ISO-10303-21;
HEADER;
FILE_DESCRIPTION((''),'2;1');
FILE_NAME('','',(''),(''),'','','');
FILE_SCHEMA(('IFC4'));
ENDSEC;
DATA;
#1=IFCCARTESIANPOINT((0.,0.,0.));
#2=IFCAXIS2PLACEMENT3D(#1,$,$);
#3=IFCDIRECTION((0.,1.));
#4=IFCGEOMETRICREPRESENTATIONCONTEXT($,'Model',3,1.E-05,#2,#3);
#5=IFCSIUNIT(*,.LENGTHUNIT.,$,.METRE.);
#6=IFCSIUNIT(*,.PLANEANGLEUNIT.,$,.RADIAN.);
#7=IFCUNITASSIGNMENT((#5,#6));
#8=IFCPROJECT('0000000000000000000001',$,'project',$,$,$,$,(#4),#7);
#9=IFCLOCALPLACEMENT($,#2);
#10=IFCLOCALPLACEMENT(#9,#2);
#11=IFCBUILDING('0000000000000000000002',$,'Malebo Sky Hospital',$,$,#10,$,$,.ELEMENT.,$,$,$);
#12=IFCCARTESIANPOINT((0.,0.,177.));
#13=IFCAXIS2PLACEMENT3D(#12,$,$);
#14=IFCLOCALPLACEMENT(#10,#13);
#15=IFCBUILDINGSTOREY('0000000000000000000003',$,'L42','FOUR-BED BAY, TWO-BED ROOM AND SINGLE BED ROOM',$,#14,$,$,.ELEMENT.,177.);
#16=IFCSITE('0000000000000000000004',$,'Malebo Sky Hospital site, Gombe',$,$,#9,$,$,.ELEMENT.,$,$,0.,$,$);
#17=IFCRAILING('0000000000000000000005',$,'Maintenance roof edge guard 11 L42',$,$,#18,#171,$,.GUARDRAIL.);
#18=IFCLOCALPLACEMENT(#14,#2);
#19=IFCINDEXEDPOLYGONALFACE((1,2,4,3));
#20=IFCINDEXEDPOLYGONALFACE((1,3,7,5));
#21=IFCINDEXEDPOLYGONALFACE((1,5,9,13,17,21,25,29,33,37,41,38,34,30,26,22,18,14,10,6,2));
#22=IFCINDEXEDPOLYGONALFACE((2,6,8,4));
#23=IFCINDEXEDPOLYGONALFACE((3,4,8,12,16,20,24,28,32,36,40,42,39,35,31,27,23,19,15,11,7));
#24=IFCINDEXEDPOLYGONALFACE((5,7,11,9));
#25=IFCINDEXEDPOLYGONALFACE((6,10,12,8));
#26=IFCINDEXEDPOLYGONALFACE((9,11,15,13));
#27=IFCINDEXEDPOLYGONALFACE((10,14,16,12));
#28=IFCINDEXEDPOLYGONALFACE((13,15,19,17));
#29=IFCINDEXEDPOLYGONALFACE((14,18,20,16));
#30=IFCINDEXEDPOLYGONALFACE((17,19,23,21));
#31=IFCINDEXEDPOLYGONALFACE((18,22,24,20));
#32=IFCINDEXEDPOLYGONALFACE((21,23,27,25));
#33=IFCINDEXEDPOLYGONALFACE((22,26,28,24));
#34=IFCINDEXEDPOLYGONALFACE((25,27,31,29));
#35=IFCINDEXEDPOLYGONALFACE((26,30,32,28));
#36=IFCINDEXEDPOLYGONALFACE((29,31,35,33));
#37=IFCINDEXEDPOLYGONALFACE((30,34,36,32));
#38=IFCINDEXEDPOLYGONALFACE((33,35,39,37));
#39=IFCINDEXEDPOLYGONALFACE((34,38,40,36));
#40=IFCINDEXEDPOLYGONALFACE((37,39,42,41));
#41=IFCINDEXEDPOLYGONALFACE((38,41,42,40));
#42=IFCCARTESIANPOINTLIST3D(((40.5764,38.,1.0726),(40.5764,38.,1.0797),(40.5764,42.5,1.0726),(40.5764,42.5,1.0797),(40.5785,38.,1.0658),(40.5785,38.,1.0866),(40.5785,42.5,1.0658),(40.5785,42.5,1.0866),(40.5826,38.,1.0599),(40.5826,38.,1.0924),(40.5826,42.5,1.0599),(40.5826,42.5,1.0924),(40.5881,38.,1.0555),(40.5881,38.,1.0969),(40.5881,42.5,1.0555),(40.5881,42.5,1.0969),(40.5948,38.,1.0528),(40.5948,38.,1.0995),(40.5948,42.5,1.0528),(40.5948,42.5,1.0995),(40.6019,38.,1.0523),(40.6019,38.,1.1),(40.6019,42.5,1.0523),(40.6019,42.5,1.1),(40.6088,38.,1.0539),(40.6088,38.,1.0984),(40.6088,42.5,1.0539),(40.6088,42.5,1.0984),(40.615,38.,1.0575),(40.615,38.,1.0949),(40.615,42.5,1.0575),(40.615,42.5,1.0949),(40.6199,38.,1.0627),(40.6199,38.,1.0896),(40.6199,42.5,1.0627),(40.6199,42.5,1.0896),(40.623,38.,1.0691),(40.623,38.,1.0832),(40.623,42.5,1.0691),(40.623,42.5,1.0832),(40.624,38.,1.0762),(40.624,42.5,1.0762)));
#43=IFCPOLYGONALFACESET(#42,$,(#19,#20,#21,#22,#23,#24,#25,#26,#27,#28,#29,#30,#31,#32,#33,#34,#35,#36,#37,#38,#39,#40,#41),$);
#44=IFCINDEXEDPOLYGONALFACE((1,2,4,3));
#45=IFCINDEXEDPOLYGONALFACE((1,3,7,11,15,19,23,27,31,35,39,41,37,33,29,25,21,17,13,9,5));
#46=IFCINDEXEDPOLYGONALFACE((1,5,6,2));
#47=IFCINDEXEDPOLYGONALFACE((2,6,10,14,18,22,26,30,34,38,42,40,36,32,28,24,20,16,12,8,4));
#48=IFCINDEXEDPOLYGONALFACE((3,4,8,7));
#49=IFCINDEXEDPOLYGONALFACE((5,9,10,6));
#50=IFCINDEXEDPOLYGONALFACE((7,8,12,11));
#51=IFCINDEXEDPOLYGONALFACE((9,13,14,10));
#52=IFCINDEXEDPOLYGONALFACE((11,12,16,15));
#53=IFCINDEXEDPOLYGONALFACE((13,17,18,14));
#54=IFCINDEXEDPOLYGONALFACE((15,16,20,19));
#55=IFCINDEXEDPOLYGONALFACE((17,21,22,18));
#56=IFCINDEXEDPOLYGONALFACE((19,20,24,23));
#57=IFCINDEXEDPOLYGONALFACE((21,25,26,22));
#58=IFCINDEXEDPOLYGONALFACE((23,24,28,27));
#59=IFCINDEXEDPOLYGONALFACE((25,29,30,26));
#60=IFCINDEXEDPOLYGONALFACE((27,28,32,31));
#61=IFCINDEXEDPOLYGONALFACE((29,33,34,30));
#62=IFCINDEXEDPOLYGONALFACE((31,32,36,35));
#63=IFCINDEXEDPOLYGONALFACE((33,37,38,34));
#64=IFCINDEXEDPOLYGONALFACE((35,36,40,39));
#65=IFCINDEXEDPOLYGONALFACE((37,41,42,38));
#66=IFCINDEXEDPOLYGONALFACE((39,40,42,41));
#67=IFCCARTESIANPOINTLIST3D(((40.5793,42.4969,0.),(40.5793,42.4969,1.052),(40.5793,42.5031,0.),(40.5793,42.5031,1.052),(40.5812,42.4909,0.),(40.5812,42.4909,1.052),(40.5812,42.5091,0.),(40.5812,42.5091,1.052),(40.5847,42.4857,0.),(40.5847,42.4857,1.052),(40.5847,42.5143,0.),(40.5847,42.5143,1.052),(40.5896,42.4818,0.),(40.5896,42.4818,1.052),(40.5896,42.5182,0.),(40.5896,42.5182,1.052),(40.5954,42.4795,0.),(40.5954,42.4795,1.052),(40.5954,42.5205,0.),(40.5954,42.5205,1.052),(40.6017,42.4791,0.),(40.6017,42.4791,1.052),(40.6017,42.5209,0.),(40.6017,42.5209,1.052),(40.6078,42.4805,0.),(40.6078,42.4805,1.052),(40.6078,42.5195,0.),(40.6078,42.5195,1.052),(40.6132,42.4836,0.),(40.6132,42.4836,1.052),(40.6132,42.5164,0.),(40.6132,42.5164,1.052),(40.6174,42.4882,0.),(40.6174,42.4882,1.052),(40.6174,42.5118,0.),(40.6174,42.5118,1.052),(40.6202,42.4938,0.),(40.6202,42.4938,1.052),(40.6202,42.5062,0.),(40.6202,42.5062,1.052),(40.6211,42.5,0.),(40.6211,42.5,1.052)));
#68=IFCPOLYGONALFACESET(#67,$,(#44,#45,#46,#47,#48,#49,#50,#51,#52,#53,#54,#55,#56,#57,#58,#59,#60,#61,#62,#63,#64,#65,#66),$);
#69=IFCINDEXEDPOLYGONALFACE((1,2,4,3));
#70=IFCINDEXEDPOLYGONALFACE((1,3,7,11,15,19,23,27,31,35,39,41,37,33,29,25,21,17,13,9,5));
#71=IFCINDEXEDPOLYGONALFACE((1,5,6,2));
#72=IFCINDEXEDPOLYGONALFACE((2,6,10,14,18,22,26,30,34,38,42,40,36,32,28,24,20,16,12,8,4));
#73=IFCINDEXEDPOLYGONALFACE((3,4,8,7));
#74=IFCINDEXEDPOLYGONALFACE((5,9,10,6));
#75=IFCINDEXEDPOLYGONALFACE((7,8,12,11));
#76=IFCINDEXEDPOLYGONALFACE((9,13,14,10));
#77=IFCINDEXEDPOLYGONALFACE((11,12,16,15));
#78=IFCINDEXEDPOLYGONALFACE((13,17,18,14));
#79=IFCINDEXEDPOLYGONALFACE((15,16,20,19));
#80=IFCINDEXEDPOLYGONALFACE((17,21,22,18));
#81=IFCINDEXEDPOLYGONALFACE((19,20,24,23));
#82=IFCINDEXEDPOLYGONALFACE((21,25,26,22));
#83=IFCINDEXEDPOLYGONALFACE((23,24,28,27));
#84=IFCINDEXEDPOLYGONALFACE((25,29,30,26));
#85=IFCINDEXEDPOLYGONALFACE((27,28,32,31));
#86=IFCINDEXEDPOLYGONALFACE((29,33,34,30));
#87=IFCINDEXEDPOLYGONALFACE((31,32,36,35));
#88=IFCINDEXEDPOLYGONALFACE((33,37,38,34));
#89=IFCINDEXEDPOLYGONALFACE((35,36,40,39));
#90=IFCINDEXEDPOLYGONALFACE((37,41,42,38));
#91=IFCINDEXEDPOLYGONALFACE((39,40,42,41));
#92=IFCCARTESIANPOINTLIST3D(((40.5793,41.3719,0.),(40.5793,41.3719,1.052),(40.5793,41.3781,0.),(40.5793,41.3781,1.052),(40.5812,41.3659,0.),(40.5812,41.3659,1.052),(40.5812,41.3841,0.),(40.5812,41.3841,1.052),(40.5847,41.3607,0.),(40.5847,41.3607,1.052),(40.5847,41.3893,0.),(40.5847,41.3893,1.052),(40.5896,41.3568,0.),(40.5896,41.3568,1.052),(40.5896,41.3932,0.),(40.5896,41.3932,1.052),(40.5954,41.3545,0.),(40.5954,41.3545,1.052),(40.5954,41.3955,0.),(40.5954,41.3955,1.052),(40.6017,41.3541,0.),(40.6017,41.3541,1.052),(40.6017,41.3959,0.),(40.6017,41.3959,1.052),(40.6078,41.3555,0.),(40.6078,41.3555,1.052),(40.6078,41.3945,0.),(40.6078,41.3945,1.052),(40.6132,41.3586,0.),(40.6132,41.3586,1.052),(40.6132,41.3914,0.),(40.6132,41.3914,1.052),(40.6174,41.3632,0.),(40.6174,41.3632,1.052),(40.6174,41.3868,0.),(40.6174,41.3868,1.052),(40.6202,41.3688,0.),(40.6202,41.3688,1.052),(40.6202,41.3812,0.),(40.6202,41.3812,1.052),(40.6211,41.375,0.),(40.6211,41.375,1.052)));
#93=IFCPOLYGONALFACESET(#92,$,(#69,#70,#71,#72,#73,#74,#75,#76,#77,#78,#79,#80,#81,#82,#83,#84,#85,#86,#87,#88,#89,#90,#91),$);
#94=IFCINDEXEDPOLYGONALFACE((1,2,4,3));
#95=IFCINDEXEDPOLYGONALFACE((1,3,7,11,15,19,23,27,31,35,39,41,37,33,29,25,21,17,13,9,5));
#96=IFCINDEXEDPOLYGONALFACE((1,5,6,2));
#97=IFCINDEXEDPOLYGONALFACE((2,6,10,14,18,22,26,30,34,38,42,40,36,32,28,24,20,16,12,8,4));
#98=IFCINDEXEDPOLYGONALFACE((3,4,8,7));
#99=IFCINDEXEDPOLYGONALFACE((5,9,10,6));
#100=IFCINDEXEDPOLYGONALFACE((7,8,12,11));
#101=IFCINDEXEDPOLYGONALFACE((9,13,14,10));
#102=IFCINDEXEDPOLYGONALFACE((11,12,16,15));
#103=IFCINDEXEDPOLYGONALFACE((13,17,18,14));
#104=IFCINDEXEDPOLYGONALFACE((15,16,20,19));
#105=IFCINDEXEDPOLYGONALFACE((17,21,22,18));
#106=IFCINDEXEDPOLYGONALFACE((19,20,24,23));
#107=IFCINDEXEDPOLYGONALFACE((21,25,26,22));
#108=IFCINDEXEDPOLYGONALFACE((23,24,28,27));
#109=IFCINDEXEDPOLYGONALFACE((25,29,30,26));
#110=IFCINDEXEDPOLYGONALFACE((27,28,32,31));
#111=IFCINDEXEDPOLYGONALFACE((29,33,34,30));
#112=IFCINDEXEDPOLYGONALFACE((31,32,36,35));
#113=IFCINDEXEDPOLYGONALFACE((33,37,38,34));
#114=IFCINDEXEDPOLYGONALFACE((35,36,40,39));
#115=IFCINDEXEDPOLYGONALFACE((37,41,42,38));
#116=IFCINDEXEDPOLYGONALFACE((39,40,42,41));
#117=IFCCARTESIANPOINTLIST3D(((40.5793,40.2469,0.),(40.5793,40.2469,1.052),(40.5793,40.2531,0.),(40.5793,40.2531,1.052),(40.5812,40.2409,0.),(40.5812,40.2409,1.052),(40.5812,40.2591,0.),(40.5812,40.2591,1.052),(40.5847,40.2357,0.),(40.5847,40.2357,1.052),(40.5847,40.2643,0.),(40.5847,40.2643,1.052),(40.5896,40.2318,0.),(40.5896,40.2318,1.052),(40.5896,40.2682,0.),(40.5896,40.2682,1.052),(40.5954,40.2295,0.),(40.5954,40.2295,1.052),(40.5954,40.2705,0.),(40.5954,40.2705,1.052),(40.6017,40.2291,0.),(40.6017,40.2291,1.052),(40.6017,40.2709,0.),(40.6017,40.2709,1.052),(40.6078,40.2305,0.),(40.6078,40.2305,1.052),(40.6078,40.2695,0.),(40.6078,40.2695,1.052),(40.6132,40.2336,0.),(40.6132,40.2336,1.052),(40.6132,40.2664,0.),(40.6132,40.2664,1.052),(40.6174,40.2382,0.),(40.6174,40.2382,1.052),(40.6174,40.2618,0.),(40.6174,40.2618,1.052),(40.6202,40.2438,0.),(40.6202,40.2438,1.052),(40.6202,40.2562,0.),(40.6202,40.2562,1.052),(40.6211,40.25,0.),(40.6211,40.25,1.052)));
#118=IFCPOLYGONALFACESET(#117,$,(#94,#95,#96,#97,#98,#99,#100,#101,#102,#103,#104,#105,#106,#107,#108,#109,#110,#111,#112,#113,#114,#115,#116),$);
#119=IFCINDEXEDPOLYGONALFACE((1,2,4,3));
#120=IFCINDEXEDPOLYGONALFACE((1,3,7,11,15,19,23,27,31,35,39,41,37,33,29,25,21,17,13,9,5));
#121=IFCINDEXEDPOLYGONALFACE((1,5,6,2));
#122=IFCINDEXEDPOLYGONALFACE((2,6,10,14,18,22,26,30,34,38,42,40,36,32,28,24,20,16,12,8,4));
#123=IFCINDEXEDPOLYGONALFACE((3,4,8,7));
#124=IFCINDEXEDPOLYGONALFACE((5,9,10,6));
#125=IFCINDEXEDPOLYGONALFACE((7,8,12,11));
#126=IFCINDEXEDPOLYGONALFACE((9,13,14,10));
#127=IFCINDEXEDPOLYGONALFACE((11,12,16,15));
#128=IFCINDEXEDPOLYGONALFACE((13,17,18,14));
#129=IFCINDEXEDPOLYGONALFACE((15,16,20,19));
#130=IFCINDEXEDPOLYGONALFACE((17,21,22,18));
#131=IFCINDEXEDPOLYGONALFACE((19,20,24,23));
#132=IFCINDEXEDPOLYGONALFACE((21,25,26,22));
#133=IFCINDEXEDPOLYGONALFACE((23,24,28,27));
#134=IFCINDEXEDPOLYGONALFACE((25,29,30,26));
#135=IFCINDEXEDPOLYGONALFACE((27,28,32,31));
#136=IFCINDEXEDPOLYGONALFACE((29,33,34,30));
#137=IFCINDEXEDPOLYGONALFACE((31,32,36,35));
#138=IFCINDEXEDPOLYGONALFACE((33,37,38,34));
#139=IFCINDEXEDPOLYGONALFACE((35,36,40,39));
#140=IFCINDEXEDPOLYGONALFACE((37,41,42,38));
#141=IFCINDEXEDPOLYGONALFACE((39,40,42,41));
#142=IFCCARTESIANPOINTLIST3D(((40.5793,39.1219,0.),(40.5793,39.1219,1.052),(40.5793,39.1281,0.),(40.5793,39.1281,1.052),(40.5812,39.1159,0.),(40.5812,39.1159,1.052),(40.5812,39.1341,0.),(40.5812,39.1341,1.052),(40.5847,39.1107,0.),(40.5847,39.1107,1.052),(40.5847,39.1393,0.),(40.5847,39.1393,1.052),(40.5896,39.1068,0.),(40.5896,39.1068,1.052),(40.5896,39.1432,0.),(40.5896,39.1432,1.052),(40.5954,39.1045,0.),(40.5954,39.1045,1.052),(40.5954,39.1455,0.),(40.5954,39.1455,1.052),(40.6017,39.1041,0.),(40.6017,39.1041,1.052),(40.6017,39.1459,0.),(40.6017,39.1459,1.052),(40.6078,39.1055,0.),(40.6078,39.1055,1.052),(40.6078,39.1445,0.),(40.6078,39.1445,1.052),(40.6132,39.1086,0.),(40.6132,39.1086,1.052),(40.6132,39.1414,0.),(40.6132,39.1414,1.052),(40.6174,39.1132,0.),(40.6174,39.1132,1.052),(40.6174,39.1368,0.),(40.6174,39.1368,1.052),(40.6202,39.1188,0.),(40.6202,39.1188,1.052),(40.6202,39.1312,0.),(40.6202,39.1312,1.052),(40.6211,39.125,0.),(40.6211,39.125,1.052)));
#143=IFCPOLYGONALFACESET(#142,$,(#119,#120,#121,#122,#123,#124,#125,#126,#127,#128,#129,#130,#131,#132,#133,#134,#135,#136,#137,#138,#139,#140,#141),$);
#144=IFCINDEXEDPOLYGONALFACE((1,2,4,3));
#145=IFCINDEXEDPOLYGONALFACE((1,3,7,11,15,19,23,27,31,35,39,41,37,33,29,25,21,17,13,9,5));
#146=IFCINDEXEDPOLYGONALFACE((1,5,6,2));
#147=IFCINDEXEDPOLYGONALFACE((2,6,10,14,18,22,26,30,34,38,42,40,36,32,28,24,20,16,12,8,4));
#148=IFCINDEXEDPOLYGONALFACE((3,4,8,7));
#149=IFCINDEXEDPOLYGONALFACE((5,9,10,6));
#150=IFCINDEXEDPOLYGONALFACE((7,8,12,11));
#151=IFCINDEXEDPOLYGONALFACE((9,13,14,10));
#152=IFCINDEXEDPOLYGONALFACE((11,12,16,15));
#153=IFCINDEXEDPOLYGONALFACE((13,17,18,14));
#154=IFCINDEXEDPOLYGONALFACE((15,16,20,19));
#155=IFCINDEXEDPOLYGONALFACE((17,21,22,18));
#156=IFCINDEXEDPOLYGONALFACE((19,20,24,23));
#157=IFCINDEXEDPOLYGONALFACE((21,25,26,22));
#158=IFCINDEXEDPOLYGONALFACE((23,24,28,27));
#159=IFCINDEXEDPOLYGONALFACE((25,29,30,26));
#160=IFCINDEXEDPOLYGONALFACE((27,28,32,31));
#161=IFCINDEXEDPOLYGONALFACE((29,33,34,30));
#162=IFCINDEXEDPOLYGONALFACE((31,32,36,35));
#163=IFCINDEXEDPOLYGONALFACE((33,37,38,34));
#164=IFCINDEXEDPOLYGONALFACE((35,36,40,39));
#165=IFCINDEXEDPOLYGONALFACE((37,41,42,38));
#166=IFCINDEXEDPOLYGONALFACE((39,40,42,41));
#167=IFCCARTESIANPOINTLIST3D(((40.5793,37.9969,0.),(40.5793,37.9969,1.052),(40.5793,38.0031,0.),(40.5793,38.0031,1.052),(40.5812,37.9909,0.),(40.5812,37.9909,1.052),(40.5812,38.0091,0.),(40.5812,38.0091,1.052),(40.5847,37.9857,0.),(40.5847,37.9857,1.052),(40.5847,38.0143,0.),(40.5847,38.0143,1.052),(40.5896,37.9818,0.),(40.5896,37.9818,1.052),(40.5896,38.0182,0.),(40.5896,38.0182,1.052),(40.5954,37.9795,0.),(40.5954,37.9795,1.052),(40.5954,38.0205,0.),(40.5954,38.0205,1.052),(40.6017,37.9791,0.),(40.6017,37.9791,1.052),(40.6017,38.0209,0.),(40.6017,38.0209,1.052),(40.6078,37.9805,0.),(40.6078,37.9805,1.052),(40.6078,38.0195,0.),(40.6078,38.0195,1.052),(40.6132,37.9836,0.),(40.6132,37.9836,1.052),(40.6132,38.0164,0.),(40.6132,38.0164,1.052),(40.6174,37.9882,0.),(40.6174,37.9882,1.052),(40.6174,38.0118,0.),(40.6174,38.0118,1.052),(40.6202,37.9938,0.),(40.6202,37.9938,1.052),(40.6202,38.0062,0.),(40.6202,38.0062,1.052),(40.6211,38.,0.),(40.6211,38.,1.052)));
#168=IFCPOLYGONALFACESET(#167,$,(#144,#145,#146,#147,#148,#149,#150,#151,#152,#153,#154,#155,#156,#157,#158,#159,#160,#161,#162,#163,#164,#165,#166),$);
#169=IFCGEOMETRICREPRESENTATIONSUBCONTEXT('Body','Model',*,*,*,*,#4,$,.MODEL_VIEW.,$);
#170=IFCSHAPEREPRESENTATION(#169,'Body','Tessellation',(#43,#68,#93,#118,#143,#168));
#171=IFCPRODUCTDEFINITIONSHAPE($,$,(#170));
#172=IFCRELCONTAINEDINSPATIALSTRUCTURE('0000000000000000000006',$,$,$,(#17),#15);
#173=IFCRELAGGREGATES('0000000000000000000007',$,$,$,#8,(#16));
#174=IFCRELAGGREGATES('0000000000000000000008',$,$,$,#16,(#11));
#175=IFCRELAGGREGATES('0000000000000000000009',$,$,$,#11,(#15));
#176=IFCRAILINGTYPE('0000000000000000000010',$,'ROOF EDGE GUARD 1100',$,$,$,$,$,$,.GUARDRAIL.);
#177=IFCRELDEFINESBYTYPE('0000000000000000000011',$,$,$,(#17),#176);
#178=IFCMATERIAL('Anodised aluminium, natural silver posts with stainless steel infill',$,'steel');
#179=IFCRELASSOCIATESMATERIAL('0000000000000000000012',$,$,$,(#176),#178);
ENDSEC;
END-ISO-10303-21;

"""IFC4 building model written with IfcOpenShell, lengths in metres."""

from ifc_helpers import new_model, si_unit, direction, frame, origin, origin_2d, place, context, subcontext, project, spatial, circle, extrude, material, type_object, element, save


model = new_model("IFC4")

# Units and contexts
model_context = context("Model", 3, precision=1e-05, world=origin(), true_north=direction((0.0, 1.0)))
body_context = subcontext(model_context, "Body", "Model", "MODEL_VIEW")
ifc_project = project(units=[si_unit("LENGTHUNIT", "METRE"), si_unit("PLANEANGLEUNIT", "RADIAN")], contexts=[model_context])

# Site, building, storey
site_placement = place(None, origin())
site = spatial("IfcSite", under=ifc_project, at=site_placement, Name="Malebo Sky Hospital site, Gombe", CompositionType="ELEMENT", RefElevation=0.0)
building_placement = place(site_placement, origin())
building = spatial("IfcBuilding", under=site, at=building_placement, Name="Malebo Sky Hospital", CompositionType="ELEMENT")
storey_placement = place(building_placement, frame((0.0, 0.0, 177.0)))
storey = spatial("IfcBuildingStorey", under=building, at=storey_placement, Name="L42", Description="FOUR-BED BAY, TWO-BED ROOM AND SINGLE BED ROOM", CompositionType="ELEMENT", Elevation=177.0)

# Railing
ifc_material_1 = material(Name="Anodised aluminium, natural silver posts with stainless steel infill", Category="steel")
railing_type = type_object("IfcRailingType", Name="ROOF EDGE GUARD 1100", PredefinedType="GUARDRAIL", material=ifc_material_1)
railing_1_placement = place(storey_placement, frame((40.6001, 42.5, 0.0)))
element("IfcRailing", 1, at=railing_1_placement, inside=storey, type_object=railing_type, Name="Maintenance roof edge guard 11 L42", PredefinedType="GUARDRAIL", context=body_context, shape_type="SweptSolid", body=[
    extrude(circle(Radius=0.0239, at=origin_2d()), frame((0.0, 0.0, 1.0762), z_axis=(0.0, -1.0, 0.0), x_axis=(1.0, 0.0, 0.0)), (0.0, 0.0, 1.0), 4.5),
    extrude(circle(Radius=0.021, at=origin_2d()), origin(), (0.0, 0.0, 1.0), 1.052),
    extrude(circle(Radius=0.021, at=origin_2d()), frame((0.0, -1.125, 0.0)), (0.0, 0.0, 1.0), 1.052),
    extrude(circle(Radius=0.021, at=origin_2d()), frame((0.0, -2.25, 0.0)), (0.0, 0.0, 1.0), 1.052),
    extrude(circle(Radius=0.021, at=origin_2d()), frame((0.0, -3.375, 0.0)), (0.0, 0.0, 1.0), 1.052),
    extrude(circle(Radius=0.021, at=origin_2d()), frame((0.0, -4.5, 0.0)), (0.0, 0.0, 1.0), 1.052),
])

save(model, "model.ifc")
